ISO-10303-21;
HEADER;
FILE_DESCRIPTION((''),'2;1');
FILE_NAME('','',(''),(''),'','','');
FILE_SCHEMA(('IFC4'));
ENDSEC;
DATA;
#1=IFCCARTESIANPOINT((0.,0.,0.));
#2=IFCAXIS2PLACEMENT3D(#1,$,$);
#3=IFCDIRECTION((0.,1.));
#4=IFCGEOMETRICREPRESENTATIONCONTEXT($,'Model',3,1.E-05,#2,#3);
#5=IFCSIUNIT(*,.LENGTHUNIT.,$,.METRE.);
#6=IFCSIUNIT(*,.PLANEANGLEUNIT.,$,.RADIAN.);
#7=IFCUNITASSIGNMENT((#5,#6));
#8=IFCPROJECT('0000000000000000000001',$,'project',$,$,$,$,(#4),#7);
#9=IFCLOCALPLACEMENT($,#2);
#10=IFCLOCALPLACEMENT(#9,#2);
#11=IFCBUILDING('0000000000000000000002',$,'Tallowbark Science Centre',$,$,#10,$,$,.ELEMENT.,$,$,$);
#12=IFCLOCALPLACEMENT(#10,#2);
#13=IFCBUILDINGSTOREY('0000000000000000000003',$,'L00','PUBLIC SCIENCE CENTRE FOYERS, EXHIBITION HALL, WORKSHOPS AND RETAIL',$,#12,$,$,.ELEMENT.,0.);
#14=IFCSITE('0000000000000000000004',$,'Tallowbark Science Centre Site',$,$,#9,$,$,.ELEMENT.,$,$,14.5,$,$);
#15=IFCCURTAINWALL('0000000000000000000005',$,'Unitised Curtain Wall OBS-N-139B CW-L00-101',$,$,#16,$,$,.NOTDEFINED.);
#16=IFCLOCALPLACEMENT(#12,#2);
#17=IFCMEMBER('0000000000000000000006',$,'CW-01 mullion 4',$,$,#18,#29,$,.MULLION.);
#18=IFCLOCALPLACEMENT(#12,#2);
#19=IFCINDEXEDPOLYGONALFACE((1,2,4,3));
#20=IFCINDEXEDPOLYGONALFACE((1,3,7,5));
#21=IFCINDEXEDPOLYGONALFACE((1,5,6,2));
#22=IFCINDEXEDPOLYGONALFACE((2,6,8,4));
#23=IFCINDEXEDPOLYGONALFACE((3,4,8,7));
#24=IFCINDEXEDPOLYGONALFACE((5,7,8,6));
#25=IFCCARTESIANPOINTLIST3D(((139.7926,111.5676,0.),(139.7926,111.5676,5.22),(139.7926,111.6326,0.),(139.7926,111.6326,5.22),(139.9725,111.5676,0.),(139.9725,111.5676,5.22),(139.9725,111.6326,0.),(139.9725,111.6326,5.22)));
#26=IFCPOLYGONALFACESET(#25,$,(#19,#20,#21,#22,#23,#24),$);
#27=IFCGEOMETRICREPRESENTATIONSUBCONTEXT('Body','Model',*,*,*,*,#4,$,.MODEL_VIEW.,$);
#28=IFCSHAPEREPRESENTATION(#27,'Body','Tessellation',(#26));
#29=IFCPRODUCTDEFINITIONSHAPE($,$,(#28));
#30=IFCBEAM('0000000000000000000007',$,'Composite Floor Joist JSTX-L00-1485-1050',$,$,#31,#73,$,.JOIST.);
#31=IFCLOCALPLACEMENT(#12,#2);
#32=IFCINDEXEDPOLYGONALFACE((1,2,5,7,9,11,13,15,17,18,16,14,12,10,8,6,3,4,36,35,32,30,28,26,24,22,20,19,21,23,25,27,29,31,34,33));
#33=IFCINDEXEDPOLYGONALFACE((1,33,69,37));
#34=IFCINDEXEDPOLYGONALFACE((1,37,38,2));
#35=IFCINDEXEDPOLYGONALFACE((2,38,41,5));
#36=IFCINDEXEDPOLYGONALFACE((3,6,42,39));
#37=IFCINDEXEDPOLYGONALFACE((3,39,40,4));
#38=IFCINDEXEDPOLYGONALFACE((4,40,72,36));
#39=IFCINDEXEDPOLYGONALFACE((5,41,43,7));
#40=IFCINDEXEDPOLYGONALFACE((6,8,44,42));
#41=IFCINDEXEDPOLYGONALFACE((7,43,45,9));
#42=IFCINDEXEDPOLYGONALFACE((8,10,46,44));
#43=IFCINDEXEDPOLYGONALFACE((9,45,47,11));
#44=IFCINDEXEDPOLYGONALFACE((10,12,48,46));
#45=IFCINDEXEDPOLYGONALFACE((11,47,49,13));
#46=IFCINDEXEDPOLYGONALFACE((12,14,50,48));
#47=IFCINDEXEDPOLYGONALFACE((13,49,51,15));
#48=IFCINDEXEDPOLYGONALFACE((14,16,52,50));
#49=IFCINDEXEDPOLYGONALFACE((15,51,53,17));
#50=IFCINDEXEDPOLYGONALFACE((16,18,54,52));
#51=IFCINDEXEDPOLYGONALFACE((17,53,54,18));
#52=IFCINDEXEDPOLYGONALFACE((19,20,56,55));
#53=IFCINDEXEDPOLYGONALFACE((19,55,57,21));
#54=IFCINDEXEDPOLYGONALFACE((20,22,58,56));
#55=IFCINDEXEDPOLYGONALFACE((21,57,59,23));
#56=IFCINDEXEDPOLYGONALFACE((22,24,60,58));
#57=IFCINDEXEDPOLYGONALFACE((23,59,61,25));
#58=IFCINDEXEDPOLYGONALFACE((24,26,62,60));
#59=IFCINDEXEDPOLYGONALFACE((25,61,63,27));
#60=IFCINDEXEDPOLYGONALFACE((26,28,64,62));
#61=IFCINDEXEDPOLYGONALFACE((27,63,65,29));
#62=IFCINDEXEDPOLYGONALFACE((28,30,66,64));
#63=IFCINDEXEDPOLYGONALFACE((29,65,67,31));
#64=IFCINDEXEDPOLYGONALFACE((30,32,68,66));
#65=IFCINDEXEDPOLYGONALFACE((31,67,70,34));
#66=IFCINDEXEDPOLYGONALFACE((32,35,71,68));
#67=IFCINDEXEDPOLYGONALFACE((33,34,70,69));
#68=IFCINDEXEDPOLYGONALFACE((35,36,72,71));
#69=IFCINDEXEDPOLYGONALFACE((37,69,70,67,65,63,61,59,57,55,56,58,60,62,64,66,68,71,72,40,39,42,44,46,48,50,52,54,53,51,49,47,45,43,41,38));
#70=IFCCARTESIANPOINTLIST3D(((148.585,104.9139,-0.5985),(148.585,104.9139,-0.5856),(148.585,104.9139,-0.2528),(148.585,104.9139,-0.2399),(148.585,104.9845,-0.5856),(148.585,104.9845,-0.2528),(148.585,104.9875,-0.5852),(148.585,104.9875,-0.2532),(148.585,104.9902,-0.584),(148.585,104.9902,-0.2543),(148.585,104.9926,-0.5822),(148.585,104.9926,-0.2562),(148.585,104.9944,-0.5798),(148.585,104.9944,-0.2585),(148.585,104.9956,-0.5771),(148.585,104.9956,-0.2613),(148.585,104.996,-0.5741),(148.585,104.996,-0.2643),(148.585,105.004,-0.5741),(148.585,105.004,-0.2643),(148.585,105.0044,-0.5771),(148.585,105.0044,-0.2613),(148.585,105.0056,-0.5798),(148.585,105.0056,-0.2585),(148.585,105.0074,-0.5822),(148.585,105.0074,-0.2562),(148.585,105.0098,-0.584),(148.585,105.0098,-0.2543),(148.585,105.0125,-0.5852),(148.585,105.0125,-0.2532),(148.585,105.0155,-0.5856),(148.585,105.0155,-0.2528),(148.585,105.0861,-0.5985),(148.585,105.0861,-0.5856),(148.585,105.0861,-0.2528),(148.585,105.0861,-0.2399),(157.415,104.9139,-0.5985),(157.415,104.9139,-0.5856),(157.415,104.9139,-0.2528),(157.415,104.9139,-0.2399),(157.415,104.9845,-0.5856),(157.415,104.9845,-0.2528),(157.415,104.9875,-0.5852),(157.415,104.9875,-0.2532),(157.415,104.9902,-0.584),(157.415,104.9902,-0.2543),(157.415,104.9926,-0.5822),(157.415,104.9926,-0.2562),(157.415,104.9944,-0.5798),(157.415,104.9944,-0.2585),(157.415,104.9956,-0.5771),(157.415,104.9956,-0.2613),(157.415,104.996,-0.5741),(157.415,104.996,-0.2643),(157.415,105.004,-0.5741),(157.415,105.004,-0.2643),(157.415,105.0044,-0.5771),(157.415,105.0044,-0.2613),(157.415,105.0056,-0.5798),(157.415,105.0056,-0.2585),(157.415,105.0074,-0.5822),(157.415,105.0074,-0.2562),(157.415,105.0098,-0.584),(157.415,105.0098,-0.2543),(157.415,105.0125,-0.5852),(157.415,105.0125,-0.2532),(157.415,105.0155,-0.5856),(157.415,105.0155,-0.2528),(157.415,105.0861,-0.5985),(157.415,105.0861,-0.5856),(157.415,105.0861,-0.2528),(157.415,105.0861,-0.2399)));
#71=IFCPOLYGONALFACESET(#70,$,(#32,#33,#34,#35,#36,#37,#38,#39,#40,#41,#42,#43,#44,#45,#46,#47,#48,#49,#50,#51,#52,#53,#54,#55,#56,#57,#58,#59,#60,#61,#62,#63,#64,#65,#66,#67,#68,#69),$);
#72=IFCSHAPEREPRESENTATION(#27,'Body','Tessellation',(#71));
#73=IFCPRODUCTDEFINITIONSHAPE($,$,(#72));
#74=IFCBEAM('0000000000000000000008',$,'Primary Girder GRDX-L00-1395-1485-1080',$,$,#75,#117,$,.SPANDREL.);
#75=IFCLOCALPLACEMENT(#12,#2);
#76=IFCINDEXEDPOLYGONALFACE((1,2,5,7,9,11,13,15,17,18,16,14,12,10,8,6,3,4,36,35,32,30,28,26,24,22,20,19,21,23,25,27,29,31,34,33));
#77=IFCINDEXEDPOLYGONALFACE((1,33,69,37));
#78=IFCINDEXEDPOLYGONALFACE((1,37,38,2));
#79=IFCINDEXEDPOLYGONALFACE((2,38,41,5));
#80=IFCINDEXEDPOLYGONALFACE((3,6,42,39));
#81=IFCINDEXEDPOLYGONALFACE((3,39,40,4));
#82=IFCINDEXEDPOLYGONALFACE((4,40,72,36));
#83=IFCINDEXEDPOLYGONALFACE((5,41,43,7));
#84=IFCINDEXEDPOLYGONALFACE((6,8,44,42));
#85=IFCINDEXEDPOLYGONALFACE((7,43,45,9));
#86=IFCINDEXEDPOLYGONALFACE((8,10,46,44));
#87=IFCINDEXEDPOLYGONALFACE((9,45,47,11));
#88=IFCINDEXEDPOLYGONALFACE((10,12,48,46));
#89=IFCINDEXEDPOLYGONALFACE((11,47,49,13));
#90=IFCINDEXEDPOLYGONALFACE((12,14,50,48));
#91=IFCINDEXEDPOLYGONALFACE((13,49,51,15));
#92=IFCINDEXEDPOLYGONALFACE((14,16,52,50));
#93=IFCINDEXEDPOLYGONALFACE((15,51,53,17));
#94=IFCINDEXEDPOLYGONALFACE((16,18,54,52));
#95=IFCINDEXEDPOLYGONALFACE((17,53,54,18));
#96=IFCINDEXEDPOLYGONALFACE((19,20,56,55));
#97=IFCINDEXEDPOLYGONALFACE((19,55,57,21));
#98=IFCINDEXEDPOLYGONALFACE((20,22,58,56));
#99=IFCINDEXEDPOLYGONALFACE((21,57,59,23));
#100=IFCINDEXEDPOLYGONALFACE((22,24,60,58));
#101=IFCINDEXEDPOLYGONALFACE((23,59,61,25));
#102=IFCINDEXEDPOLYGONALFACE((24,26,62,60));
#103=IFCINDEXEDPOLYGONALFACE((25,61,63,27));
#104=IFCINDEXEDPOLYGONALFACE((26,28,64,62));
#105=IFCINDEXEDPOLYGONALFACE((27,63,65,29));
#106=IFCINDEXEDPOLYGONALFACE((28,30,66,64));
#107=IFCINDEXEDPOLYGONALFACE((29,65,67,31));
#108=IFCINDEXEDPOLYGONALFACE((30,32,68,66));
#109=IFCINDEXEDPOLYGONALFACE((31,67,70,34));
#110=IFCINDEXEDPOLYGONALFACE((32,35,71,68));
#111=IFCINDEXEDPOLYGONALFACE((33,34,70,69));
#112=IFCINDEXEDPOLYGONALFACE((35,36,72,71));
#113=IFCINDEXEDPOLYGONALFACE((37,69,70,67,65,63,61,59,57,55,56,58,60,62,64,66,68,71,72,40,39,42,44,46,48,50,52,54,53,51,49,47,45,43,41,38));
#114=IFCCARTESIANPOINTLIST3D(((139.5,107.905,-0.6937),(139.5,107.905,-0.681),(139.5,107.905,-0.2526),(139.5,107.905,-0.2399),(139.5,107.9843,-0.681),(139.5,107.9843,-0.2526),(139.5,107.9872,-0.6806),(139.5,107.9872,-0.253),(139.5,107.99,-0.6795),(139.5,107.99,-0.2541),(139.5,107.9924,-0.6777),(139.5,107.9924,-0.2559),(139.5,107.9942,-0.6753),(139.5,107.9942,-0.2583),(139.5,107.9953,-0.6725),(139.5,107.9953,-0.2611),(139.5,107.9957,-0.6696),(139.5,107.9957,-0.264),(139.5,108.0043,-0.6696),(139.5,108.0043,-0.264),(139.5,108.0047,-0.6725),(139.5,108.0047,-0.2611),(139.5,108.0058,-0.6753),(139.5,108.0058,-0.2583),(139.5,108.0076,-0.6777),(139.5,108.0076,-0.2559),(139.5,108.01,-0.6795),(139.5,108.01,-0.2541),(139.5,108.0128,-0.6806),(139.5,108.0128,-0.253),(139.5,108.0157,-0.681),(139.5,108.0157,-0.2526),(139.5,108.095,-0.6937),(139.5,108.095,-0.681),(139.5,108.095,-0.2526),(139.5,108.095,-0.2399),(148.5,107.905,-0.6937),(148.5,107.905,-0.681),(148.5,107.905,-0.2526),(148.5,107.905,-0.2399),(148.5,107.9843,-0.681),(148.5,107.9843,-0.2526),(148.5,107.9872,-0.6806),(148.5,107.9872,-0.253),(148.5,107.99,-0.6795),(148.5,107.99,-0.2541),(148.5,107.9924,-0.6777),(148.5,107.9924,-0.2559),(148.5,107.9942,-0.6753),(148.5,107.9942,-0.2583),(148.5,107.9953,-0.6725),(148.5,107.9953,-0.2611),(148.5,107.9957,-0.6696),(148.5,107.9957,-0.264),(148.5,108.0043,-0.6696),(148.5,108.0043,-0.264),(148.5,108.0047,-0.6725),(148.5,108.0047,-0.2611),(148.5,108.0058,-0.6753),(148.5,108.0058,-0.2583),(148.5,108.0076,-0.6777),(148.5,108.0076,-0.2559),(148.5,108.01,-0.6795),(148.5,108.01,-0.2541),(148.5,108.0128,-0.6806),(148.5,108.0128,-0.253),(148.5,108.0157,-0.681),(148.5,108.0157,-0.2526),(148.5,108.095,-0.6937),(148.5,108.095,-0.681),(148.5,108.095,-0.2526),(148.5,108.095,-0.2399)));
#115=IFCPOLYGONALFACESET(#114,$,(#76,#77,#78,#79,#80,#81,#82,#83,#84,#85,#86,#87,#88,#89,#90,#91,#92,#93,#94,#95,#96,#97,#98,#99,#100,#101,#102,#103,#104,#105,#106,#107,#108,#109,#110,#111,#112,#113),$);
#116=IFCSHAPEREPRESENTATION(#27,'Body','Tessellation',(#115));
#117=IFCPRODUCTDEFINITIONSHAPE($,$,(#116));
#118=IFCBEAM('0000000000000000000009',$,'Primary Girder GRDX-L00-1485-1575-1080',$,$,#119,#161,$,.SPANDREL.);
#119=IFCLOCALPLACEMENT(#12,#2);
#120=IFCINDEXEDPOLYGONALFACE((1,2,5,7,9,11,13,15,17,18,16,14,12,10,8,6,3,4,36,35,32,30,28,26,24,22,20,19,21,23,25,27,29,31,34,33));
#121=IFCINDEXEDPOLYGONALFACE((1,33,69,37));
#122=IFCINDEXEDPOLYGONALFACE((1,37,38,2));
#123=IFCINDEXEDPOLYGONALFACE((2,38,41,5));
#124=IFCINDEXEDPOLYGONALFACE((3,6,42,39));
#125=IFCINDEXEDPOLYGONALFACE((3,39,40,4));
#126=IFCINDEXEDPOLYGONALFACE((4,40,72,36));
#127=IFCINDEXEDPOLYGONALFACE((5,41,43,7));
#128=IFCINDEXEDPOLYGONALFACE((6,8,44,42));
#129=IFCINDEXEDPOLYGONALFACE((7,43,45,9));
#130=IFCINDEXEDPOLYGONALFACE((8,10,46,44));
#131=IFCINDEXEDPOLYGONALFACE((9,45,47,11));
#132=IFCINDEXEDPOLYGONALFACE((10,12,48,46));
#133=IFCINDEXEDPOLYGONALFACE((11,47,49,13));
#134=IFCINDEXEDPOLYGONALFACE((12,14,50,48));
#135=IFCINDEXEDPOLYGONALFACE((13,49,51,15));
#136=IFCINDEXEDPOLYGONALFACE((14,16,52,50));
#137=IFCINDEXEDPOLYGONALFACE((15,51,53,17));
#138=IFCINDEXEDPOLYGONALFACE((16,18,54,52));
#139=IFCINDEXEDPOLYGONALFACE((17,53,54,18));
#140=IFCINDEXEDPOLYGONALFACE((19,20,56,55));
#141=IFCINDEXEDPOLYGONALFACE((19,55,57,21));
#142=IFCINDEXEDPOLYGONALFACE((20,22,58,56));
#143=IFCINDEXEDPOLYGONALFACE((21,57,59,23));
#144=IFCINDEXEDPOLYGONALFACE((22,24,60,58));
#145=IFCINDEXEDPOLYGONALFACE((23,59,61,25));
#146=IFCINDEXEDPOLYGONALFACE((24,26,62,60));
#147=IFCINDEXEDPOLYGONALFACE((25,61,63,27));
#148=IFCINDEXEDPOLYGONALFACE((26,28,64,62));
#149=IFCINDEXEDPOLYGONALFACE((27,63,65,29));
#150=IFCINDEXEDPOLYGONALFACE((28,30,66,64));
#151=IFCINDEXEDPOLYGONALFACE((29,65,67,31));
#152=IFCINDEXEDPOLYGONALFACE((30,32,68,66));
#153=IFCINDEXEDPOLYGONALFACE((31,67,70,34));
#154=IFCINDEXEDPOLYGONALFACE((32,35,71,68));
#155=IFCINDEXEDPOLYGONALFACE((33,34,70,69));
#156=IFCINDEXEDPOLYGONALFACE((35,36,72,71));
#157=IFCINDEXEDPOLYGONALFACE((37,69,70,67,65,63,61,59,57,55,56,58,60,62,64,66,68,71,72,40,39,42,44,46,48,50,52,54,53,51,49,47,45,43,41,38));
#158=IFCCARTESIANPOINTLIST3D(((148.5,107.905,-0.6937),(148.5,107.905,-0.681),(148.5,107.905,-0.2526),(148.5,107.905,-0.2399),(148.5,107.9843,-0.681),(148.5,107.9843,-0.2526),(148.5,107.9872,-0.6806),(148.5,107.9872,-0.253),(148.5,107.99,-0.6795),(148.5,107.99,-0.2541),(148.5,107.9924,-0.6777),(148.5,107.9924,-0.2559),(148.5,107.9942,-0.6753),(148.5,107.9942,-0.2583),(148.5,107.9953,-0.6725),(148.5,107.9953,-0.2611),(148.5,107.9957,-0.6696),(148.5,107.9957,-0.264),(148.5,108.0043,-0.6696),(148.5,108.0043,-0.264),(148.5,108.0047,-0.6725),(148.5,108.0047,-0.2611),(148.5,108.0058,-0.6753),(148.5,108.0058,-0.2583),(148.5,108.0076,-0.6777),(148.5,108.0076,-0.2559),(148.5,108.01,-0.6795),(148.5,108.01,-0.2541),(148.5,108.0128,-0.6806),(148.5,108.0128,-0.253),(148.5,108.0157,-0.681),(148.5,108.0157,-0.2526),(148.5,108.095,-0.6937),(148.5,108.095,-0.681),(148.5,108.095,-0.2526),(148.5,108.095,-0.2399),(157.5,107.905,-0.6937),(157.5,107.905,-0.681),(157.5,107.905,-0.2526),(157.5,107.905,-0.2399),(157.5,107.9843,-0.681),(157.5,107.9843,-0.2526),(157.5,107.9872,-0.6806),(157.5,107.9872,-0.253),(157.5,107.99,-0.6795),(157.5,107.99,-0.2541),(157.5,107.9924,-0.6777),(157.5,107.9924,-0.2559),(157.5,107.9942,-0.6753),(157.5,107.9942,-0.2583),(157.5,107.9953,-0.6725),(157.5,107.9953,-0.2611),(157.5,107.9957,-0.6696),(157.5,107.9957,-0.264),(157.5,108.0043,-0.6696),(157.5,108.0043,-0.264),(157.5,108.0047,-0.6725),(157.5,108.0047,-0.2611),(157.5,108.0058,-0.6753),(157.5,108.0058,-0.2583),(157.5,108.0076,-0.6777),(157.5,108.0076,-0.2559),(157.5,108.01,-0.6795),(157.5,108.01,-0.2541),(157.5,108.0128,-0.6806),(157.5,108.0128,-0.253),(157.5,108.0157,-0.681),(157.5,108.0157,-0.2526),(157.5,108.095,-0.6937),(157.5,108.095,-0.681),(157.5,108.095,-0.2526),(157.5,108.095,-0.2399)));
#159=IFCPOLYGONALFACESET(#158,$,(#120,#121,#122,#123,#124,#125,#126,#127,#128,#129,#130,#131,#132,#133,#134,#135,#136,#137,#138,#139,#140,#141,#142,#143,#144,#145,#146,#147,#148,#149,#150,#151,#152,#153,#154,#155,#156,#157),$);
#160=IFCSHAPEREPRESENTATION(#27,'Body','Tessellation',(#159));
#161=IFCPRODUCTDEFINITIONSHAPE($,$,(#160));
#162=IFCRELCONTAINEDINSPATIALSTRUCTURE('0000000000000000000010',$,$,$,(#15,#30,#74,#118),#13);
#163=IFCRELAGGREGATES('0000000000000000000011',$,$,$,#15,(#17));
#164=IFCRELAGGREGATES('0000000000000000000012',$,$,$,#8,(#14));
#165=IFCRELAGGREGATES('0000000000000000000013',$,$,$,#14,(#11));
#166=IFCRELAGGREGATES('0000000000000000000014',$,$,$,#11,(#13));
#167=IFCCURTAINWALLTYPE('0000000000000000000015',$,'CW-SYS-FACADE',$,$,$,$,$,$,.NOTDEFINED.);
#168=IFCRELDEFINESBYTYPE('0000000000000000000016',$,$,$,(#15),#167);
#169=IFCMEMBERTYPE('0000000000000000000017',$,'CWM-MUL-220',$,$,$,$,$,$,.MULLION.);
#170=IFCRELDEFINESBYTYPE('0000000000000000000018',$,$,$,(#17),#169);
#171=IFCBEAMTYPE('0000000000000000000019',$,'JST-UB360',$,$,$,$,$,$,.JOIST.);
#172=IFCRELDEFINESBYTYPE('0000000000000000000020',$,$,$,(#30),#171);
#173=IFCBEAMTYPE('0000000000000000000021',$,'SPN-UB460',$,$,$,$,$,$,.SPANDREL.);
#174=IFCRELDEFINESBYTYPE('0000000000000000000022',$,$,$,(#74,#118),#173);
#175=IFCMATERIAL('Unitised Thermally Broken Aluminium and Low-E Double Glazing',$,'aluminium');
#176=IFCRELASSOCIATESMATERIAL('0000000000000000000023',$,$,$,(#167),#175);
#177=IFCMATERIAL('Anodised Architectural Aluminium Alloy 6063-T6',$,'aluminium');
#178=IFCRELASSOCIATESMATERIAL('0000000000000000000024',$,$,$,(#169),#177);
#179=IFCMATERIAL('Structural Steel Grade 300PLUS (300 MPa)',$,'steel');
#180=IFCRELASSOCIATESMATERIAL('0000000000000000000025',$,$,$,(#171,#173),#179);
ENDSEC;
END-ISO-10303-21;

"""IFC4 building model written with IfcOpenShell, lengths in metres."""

from ifc_helpers import new_model, si_unit, direction, frame, origin, origin_2d, place, context, subcontext, project, spatial, rectangle, i_section, extrude, material, material_profile, profile_set, type_object, element, aggregate, save


model = new_model("IFC4")

# Units and contexts
model_context = context("Model", 3, precision=1e-05, world=origin(), true_north=direction((0.0, 1.0)))
body_context = subcontext(model_context, "Body", "Model", "MODEL_VIEW")
ifc_project = project(units=[si_unit("LENGTHUNIT", "METRE"), si_unit("PLANEANGLEUNIT", "RADIAN")], contexts=[model_context])

# Site, building, storey
site_placement = place(None, origin())
site = spatial("IfcSite", under=ifc_project, at=site_placement, Name="Tallowbark Science Centre Site", CompositionType="ELEMENT", RefElevation=14.5)
building_placement = place(site_placement, origin())
building = spatial("IfcBuilding", under=site, at=building_placement, Name="Tallowbark Science Centre", CompositionType="ELEMENT")
storey_placement = place(building_placement, origin())
storey = spatial("IfcBuildingStorey", under=building, at=storey_placement, Name="L00", Description="PUBLIC SCIENCE CENTRE FOYERS, EXHIBITION HALL, WORKSHOPS AND RETAIL", CompositionType="ELEMENT", Elevation=0.0)

# Shared definitions
ifc_material_1 = material(Name="Structural Steel Grade 300PLUS (300 MPa)", Category="steel")

# Curtain wall, member
ifc_material_2 = material(Name="Unitised Thermally Broken Aluminium and Low-E Double Glazing", Category="aluminium")
curtain_wall_type = type_object("IfcCurtainWallType", Name="CW-SYS-FACADE", PredefinedType="NOTDEFINED", material=ifc_material_2)
curtain_wall_placement = place(storey_placement, origin())
curtain_wall = element("IfcCurtainWall", 1, at=curtain_wall_placement, inside=storey, type_object=curtain_wall_type, Name="Unitised Curtain Wall OBS-N-139B CW-L00-101", PredefinedType="NOTDEFINED")
ifc_material_3 = material(Name="Anodised Architectural Aluminium Alloy 6063-T6", Category="aluminium")
ifc_material_profile_1 = material_profile(ifc_material_3, rectangle(XDim=0.0649, YDim=0.1799, at=origin_2d()), Name="ALU65x180")
ifc_profile_set_1 = profile_set([ifc_material_profile_1], Name="Anodised Architectural Aluminium Alloy 6063-T6")
member_type = type_object("IfcMemberType", Name="CWM-MUL-220", PredefinedType="MULLION", material=ifc_profile_set_1)
member_placement = place(storey_placement, frame((139.8826, 111.6001, 0.0), z_axis=(0.0, 0.0, 1.0), x_axis=(0.0, -1.0, 0.0)))
member = element("IfcMember", 2, at=member_placement, type_object=member_type, Name="CW-01 mullion 4", PredefinedType="MULLION", context=body_context, shape_type="SweptSolid", body=[
    extrude(rectangle(XDim=0.0649, YDim=0.1799, at=origin_2d()), origin(), (0.0, 0.0, 1.0), 5.22),
])

# Beams
ifc_material_profile_2 = material_profile(ifc_material_1, i_section(OverallWidth=0.1721, OverallDepth=0.3586, WebThickness=0.0081, FlangeThickness=0.0129, FilletRadius=0.0115, at=origin_2d()), Name="360UB56.7")
ifc_profile_set_2 = profile_set([ifc_material_profile_2], Name="Structural Steel Grade 300PLUS (300 MPa)")
beam_type_1 = type_object("IfcBeamType", Name="JST-UB360", PredefinedType="JOIST", material=ifc_profile_set_2)
beam_1_placement = place(storey_placement, frame((148.585, 105.0, -0.4192), z_axis=(1.0, 0.0, 0.0), x_axis=(0.0, 1.0, 0.0)))
element("IfcBeam", 3, at=beam_1_placement, inside=storey, type_object=beam_type_1, Name="Composite Floor Joist JSTX-L00-1485-1050", PredefinedType="JOIST", context=body_context, shape_type="SweptSolid", body=[
    extrude(i_section(OverallWidth=0.1721, OverallDepth=0.3586, WebThickness=0.0081, FlangeThickness=0.0129, FilletRadius=0.0115, at=origin_2d()), origin(), (0.0, 0.0, 1.0), 8.8301),
])
ifc_material_profile_3 = material_profile(ifc_material_1, i_section(OverallWidth=0.1899, OverallDepth=0.4539, WebThickness=0.0085, FlangeThickness=0.0127, FilletRadius=0.0115, at=origin_2d()), Name="460UB67.1")
ifc_profile_set_3 = profile_set([ifc_material_profile_3], Name="Structural Steel Grade 300PLUS (300 MPa)")
beam_type_2 = type_object("IfcBeamType", Name="SPN-UB460", PredefinedType="SPANDREL", material=ifc_profile_set_3)
for number, where, z_axis, x_axis, name in (
    (4, (139.5, 108.0, -0.4668), (1.0, 0.0, 0.0), (0.0, 1.0, 0.0), "Primary Girder GRDX-L00-1395-1485-1080"),
    (5, (148.5, 108.0, -0.4668), (1.0, 0.0, 0.0), (0.0, 1.0, 0.0), "Primary Girder GRDX-L00-1485-1575-1080"),
):
    element("IfcBeam", number, at=place(storey_placement, frame(where, z_axis=z_axis, x_axis=x_axis)), inside=storey, type_object=beam_type_2, Name=name, PredefinedType="SPANDREL", context=body_context, shape_type="SweptSolid", body=[
        extrude(i_section(OverallWidth=0.1899, OverallDepth=0.4539, WebThickness=0.0085, FlangeThickness=0.0127, FilletRadius=0.0115, at=origin_2d()), origin(), (0.0, 0.0, 1.0), 9.0),
    ])

aggregate(curtain_wall, [member])

save(model, "model.ifc")
